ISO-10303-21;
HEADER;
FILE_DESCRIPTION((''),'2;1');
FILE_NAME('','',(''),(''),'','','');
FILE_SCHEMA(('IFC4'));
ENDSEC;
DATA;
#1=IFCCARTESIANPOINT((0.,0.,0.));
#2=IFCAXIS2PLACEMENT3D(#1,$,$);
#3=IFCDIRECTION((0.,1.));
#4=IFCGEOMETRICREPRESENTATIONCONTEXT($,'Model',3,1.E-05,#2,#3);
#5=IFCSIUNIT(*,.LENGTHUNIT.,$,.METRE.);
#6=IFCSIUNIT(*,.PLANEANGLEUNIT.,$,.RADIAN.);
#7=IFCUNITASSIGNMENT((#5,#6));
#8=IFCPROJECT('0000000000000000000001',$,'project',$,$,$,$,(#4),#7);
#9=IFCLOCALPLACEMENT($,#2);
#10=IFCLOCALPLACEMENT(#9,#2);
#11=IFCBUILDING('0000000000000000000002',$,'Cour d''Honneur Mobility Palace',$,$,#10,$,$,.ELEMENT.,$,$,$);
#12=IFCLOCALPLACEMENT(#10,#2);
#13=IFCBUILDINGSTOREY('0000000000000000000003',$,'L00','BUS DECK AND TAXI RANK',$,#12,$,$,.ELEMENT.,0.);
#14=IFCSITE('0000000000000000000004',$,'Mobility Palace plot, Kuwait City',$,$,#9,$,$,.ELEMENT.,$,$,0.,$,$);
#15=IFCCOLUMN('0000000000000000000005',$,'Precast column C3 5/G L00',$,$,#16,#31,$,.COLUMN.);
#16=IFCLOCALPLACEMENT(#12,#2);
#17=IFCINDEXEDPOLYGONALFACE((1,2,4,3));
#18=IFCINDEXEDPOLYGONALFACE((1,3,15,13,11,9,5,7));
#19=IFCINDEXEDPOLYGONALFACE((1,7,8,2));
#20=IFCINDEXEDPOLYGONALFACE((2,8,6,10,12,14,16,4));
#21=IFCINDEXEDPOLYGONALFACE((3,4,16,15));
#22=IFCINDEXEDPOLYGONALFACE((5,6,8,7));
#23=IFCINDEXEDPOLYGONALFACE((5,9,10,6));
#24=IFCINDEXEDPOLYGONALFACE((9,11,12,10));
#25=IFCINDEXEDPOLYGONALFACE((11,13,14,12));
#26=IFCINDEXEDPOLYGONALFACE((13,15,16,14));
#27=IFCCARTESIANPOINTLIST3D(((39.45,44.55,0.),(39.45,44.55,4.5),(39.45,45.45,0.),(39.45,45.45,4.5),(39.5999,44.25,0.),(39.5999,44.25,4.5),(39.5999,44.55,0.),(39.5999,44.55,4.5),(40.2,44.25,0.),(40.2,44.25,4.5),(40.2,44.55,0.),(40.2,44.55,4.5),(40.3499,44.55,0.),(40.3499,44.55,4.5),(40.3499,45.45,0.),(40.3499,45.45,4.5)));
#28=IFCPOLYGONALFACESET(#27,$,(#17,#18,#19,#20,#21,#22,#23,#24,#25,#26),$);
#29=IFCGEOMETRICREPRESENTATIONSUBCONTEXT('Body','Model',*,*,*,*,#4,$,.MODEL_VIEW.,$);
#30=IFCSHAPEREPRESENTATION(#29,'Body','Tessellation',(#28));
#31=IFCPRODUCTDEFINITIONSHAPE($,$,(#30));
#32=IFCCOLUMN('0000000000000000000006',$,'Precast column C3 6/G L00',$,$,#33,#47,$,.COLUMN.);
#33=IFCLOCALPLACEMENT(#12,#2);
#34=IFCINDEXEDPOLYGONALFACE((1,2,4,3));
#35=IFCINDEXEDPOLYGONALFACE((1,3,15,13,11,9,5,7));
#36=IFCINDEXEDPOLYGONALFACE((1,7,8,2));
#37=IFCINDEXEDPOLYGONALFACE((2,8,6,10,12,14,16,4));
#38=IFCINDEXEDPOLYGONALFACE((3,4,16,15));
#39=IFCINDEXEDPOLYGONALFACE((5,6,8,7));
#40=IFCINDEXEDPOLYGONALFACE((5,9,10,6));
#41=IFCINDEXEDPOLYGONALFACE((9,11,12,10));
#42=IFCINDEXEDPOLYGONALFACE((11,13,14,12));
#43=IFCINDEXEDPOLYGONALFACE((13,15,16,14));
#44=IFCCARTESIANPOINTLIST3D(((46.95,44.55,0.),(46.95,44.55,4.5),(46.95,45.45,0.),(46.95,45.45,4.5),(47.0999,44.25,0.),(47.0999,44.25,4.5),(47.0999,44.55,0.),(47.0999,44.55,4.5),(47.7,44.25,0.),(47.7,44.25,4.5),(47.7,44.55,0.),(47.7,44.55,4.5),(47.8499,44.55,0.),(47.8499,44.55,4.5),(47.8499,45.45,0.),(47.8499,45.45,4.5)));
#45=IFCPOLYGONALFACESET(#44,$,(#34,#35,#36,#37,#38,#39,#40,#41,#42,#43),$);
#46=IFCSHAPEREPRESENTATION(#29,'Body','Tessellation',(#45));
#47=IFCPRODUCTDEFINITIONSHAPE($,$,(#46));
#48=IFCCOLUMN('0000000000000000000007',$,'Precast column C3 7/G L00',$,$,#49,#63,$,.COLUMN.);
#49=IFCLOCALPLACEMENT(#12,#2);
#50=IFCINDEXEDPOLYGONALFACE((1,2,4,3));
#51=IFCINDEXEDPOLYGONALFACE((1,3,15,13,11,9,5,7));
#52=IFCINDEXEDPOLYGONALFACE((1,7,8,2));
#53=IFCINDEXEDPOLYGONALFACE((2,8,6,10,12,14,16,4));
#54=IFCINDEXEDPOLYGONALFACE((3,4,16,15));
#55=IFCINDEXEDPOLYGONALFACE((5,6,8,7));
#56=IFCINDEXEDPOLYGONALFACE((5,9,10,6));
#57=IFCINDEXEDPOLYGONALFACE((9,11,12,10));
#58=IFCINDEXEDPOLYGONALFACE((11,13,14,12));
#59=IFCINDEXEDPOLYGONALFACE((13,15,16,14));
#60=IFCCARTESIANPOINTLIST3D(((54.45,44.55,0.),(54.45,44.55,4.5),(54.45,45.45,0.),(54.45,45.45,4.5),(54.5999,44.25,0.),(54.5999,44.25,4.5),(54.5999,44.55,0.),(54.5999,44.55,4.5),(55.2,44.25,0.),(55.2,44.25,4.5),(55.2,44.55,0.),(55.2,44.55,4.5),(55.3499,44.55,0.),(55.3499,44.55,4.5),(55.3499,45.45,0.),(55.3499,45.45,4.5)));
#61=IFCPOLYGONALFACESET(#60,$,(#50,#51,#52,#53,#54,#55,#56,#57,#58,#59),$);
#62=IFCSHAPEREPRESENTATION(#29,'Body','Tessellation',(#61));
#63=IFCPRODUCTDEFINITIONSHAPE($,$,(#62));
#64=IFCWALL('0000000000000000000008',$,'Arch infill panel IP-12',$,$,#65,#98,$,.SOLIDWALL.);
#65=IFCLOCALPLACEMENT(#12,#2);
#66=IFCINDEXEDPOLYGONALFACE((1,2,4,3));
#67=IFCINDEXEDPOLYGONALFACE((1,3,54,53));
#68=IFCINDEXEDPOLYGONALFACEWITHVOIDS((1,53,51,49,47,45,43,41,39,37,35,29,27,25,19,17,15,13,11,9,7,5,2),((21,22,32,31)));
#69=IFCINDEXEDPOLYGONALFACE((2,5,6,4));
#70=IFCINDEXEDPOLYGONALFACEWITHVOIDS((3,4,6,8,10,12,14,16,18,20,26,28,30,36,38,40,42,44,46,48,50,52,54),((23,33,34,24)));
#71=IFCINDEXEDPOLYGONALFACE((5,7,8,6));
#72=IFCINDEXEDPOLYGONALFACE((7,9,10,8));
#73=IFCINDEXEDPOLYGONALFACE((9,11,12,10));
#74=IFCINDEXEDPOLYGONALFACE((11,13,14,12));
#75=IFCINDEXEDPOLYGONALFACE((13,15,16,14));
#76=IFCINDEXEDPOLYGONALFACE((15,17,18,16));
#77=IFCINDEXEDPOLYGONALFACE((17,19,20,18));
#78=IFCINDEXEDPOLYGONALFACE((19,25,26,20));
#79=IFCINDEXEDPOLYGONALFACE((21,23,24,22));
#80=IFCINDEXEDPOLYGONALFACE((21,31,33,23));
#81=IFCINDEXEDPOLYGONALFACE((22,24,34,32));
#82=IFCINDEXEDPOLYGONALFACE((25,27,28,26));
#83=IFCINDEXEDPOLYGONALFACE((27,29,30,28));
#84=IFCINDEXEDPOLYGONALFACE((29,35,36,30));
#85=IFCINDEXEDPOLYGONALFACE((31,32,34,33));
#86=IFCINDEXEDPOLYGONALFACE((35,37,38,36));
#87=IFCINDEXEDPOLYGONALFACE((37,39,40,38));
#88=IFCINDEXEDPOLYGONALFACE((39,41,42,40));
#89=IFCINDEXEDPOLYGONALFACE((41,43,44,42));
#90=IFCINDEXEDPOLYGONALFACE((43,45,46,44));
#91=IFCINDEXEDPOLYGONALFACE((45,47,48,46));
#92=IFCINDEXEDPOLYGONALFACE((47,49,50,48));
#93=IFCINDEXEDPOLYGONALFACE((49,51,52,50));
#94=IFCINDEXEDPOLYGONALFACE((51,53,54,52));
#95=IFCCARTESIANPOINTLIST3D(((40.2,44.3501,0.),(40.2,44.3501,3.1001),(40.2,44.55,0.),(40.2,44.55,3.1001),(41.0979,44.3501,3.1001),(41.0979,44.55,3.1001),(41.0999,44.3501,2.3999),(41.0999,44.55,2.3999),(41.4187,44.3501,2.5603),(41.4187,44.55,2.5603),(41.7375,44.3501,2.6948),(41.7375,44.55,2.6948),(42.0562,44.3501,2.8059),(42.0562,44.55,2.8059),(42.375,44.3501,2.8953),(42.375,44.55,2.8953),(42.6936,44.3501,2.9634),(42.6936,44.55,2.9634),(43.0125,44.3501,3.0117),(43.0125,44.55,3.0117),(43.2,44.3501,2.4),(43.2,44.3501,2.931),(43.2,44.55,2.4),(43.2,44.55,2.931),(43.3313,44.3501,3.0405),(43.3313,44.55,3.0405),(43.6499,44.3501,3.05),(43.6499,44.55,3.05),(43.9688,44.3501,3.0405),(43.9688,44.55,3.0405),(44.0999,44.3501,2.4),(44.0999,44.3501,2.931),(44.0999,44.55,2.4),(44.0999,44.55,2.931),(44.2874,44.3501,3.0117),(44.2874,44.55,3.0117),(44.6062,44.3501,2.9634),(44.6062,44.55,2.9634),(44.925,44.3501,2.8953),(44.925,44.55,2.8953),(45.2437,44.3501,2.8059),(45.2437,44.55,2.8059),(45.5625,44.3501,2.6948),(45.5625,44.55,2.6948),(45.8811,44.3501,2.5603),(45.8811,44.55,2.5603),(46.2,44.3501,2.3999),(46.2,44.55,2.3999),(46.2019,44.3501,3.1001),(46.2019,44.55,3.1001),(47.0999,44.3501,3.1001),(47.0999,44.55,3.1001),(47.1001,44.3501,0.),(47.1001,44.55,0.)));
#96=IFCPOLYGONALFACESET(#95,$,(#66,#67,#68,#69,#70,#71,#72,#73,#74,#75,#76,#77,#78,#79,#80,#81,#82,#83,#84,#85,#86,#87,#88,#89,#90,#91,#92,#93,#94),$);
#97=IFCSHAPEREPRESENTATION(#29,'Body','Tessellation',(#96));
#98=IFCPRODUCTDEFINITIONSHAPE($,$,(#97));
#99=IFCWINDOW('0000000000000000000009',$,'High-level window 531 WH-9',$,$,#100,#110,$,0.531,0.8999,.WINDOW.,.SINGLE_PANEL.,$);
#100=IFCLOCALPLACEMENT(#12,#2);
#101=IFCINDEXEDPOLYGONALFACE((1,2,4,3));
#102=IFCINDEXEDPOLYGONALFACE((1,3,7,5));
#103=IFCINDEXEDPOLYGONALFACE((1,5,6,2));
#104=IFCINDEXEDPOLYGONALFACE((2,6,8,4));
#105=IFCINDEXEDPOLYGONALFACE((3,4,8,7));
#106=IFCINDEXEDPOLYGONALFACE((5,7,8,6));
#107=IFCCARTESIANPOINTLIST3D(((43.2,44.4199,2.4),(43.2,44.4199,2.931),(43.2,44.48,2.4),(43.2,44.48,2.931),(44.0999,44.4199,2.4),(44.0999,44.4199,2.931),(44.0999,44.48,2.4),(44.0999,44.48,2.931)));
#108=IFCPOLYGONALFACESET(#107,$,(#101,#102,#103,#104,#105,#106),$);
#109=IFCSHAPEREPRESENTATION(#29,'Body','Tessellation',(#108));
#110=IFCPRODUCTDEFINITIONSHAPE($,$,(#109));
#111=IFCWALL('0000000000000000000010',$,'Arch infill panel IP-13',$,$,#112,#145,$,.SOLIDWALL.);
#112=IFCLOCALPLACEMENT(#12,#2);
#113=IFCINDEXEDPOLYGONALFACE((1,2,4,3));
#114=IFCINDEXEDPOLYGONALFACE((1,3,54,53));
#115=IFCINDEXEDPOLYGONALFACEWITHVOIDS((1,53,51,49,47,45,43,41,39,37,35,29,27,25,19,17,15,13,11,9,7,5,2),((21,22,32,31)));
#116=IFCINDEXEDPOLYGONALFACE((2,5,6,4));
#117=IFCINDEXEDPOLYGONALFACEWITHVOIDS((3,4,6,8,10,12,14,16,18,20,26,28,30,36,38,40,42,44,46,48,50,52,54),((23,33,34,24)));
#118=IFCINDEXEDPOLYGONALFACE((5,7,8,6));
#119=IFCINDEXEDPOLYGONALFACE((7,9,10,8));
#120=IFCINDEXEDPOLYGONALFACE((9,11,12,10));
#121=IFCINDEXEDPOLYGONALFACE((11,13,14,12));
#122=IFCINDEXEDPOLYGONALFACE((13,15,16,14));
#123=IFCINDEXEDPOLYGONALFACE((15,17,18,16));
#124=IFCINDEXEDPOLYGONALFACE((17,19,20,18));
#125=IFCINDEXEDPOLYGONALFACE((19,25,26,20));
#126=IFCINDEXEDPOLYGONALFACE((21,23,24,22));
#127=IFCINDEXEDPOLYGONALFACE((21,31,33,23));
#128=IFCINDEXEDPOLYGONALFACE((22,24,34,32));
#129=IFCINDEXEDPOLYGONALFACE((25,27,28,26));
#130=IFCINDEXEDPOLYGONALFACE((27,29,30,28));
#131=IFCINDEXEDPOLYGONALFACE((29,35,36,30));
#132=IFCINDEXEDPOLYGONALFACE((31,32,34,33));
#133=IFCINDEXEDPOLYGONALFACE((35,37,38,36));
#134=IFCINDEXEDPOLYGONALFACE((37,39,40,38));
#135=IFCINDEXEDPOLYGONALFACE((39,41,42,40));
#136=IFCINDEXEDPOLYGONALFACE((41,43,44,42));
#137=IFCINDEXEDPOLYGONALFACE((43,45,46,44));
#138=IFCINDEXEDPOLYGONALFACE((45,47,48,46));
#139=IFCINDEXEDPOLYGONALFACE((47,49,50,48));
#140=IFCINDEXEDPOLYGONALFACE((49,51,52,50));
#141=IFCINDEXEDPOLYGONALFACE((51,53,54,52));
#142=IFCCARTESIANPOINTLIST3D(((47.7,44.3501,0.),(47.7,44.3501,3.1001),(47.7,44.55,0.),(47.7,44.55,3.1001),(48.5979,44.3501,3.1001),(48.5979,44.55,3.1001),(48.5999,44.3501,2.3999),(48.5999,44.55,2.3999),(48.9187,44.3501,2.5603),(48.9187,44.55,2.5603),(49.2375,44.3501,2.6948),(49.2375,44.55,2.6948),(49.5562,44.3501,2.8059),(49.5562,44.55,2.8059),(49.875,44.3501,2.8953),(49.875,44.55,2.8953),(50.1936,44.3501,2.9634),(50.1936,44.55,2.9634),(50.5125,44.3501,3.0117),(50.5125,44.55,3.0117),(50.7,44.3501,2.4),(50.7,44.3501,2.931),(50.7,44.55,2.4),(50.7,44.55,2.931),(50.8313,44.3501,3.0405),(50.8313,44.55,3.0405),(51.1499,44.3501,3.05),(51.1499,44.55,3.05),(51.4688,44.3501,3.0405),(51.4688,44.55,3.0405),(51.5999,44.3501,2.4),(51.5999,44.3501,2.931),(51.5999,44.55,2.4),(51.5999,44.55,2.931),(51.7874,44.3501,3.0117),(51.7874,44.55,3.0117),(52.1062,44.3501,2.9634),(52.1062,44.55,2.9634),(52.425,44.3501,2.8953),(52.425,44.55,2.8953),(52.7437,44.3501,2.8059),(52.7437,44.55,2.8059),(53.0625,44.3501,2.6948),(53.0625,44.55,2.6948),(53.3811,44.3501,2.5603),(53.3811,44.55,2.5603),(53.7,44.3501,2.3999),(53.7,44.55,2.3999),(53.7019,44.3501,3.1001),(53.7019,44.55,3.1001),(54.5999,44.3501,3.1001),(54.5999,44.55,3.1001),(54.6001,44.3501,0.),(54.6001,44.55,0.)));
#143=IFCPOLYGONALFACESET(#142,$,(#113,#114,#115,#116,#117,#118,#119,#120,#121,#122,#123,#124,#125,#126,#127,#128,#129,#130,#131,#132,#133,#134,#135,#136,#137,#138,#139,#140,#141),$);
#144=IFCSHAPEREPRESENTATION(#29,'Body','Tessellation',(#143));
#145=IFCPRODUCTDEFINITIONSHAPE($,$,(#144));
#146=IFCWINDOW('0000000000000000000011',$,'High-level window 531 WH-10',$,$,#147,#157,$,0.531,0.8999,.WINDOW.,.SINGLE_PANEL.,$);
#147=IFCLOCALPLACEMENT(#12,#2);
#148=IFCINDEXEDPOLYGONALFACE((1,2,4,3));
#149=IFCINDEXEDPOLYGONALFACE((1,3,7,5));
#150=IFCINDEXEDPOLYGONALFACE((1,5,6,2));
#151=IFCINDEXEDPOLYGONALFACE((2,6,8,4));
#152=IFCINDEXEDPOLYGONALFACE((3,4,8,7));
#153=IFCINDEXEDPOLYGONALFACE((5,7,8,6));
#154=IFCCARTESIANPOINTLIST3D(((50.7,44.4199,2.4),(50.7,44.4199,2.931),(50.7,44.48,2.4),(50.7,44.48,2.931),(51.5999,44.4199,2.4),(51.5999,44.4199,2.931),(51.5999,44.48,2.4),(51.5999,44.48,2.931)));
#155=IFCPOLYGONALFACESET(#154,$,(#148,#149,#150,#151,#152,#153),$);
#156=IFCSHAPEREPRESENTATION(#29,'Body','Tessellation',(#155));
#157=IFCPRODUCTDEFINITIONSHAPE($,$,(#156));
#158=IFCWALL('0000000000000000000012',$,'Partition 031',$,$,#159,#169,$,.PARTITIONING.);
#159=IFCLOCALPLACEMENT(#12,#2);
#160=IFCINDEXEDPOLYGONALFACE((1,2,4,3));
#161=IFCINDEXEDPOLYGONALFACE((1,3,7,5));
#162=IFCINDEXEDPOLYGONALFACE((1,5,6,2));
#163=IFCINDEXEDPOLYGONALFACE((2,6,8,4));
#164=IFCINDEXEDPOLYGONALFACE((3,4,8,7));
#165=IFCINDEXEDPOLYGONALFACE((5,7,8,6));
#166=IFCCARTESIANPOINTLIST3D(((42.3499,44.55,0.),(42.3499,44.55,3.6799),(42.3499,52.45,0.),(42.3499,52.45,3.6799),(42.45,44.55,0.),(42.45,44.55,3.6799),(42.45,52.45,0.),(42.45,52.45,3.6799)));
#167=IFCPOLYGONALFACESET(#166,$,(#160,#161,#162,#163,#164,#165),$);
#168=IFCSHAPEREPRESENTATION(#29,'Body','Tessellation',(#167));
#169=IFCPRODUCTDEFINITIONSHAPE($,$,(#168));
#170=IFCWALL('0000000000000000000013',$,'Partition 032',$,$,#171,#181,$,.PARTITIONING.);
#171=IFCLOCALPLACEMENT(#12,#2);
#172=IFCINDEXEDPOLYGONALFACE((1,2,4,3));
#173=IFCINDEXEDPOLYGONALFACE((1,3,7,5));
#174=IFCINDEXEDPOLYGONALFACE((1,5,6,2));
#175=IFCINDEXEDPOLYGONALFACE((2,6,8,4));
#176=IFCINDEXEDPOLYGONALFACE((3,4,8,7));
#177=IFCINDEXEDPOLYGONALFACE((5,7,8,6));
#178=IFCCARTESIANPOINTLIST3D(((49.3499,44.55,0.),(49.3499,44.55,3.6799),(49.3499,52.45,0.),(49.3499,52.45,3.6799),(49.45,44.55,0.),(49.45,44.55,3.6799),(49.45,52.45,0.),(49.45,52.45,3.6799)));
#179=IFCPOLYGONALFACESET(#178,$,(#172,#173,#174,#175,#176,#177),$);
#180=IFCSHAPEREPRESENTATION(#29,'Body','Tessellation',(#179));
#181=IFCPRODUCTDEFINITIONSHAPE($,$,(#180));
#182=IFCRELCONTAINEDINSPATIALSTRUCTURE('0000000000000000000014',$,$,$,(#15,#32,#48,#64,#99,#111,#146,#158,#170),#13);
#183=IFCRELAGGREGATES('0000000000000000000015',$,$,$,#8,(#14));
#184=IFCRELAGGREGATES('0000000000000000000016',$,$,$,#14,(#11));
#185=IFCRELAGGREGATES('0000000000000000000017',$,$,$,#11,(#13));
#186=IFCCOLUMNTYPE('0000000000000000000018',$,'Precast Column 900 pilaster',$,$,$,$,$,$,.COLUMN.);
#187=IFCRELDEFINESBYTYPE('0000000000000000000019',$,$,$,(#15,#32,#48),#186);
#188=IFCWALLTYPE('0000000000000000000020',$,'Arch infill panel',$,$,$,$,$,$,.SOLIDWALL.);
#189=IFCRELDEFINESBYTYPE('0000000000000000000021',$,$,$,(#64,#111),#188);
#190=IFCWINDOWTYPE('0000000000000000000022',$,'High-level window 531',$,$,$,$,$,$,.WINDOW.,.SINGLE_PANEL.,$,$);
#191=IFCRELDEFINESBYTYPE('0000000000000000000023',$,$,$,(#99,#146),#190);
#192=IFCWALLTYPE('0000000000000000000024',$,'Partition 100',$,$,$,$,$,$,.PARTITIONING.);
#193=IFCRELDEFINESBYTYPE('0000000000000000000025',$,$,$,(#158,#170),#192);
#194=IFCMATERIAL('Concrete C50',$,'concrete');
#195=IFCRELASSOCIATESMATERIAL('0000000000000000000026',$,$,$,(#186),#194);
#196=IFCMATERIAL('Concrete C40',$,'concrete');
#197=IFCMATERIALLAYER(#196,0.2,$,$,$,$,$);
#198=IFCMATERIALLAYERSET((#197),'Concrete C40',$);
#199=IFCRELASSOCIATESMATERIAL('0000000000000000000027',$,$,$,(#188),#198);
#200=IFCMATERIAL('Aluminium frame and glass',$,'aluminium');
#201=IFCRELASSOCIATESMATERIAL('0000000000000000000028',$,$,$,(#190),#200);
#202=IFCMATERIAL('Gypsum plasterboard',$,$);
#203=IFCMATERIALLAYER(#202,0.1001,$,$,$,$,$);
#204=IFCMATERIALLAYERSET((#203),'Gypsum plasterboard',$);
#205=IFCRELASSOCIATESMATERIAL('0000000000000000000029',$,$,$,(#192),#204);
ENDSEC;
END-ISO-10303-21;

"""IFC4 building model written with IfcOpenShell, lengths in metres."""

from ifc_helpers import new_model, si_unit, direction, frame, frame_2d, origin, place, context, subcontext, project, spatial, polyline, rectangle, outline, extrude, material, layer, layer_set, material_profile, profile_set, type_object, element, fill, save


model = new_model("IFC4")

# Units and contexts
model_context = context("Model", 3, precision=1e-05, world=origin(), true_north=direction((0.0, 1.0)))
body_context = subcontext(model_context, "Body", "Model", "MODEL_VIEW")
ifc_project = project(units=[si_unit("LENGTHUNIT", "METRE"), si_unit("PLANEANGLEUNIT", "RADIAN")], contexts=[model_context])

# Site, building, storey
site_placement = place(None, origin())
site = spatial("IfcSite", under=ifc_project, at=site_placement, Name="Mobility Palace plot, Kuwait City", CompositionType="ELEMENT", RefElevation=0.0)
building_placement = place(site_placement, origin())
building = spatial("IfcBuilding", under=site, at=building_placement, Name="Cour d'Honneur Mobility Palace", CompositionType="ELEMENT")
storey_placement = place(building_placement, origin())
storey = spatial("IfcBuildingStorey", under=building, at=storey_placement, Name="L00", Description="BUS DECK AND TAXI RANK", CompositionType="ELEMENT", Elevation=0.0)

# Columns
ifc_material_1 = material(Name="Concrete C50", Category="concrete")
ifc_material_profile = material_profile(ifc_material_1, outline(polyline([(-0.45, -0.45), (0.45, -0.45), (0.45, -0.3), (0.75, -0.3), (0.75, 0.3), (0.45, 0.3), (0.45, 0.45), (-0.45, 0.45), (-0.45, -0.45)])), Name="PC C900 pilaster")
ifc_profile_set = profile_set([ifc_material_profile], Name="Concrete C50")
column_type = type_object("IfcColumnType", Name="Precast Column 900 pilaster", PredefinedType="COLUMN", material=ifc_profile_set)
for number, where, z_axis, x_axis, name in (
    (1, (39.8999, 45.0, 0.0), (0.0, 0.0, 1.0), (0.0, -1.0, 0.0), "Precast column C3 5/G L00"),
    (2, (47.3999, 45.0, 0.0), (0.0, 0.0, 1.0), (0.0, -1.0, 0.0), "Precast column C3 6/G L00"),
    (3, (54.8999, 45.0, 0.0), (0.0, 0.0, 1.0), (0.0, -1.0, 0.0), "Precast column C3 7/G L00"),
):
    element("IfcColumn", number, at=place(storey_placement, frame(where, z_axis=z_axis, x_axis=x_axis)), inside=storey, type_object=column_type, Name=name, PredefinedType="COLUMN", context=body_context, shape_type="SweptSolid", body=[
        extrude(outline(polyline([(-0.45, -0.45), (0.45, -0.45), (0.45, -0.3), (0.75, -0.3), (0.75, 0.3), (0.45, 0.3), (0.45, 0.45), (-0.45, 0.45), (-0.45, -0.45)])), origin(), (0.0, 0.0, 1.0), 4.5),
    ])

# Walls, openings, windows
ifc_material_2 = material(Name="Concrete C40", Category="concrete")
ifc_layer_1 = layer(ifc_material_2, 0.2)
ifc_layer_set_1 = layer_set([ifc_layer_1], Name="Concrete C40")
wall_type_1 = type_object("IfcWallType", Name="Arch infill panel", PredefinedType="SOLIDWALL", material=ifc_layer_set_1)
wall_1_placement = place(storey_placement, frame((40.2, 44.45, 0.0), z_axis=(0.0, 0.0, 1.0), x_axis=(1.0, 0.0, 0.0)))
wall_1 = element("IfcWall", 4, at=wall_1_placement, inside=storey, type_object=wall_type_1, Name="Arch infill panel IP-12", PredefinedType="SOLIDWALL", context=body_context, shape_type="SweptSolid", body=[
    extrude(outline(polyline([(0.0, 0.0), (6.9001, 0.0), (6.8999, 3.1001), (6.002, 3.1001), (6.0, 2.3999), (5.6812, 2.5603), (5.3625, 2.6948), (5.0437, 2.8059), (4.7251, 2.8953), (4.4062, 2.9634), (4.0874, 3.0117), (3.7688, 3.0405), (3.45, 3.05), (3.1313, 3.0405), (2.8125, 3.0117), (2.4937, 2.9634), (2.175, 2.8953), (1.8562, 2.8059), (1.5376, 2.6948), (1.2188, 2.5603), (0.8999, 2.3999), (0.8979, 3.1001), (0.0, 3.1001), (0.0, 0.0)])), frame((0.0, 0.1001, 0.0), z_axis=(0.0, -1.0, 0.0), x_axis=(1.0, 0.0, 0.0)), (0.0, 0.0, 1.0), 0.2),
])
opening_1_placement = place(wall_1_placement, frame((3.0, 0.0, 2.3999)))
opening_1 = element("IfcOpeningElement", 5, at=opening_1_placement, cuts=wall_1, PredefinedType="OPENING", context=body_context, shape_type="SweptSolid", body=[
    extrude(rectangle(XDim=0.8999, YDim=0.531, at=frame_2d((0.45, 0.2656))), frame((0.0, 0.1099, 0.0), z_axis=(0.0, -1.0, 0.0), x_axis=(1.0, 0.0, 0.0)), (0.0, 0.0, 1.0), 0.22),
])
ifc_material_3 = material(Name="Aluminium frame and glass", Category="aluminium")
window_type = type_object("IfcWindowType", Name="High-level window 531", PartitioningType="SINGLE_PANEL", PredefinedType="WINDOW", material=ifc_material_3)
window_1_placement = place(opening_1_placement, origin())
window_1 = element("IfcWindow", 6, at=window_1_placement, inside=storey, type_object=window_type, Name="High-level window 531 WH-9", OverallHeight=0.531, OverallWidth=0.8999, PartitioningType="SINGLE_PANEL", PredefinedType="WINDOW", context=body_context, shape_type="SweptSolid", body=[
    extrude(rectangle(XDim=0.8999, YDim=0.531, at=frame_2d((0.45, 0.2656))), frame((0.0, 0.03, 0.0), z_axis=(0.0, -1.0, 0.0), x_axis=(1.0, 0.0, 0.0)), (0.0, 0.0, 1.0), 0.0601),
])
fill(opening_1, window_1)
wall_2_placement = place(storey_placement, frame((47.7, 44.45, 0.0), z_axis=(0.0, 0.0, 1.0), x_axis=(1.0, 0.0, 0.0)))
wall_2 = element("IfcWall", 7, at=wall_2_placement, inside=storey, type_object=wall_type_1, Name="Arch infill panel IP-13", PredefinedType="SOLIDWALL", context=body_context, shape_type="SweptSolid", body=[
    extrude(outline(polyline([(0.0, 0.0), (6.9001, 0.0), (6.8999, 3.1001), (6.002, 3.1001), (6.0, 2.3999), (5.6812, 2.5603), (5.3625, 2.6948), (5.0437, 2.8059), (4.7251, 2.8953), (4.4062, 2.9634), (4.0874, 3.0117), (3.7688, 3.0405), (3.45, 3.05), (3.1313, 3.0405), (2.8125, 3.0117), (2.4937, 2.9634), (2.175, 2.8953), (1.8562, 2.8059), (1.5376, 2.6948), (1.2188, 2.5603), (0.8999, 2.3999), (0.8979, 3.1001), (0.0, 3.1001), (0.0, 0.0)])), frame((0.0, 0.1001, 0.0), z_axis=(0.0, -1.0, 0.0), x_axis=(1.0, 0.0, 0.0)), (0.0, 0.0, 1.0), 0.2),
])
opening_2_placement = place(wall_2_placement, frame((3.0, 0.0, 2.3999)))
opening_2 = element("IfcOpeningElement", 8, at=opening_2_placement, cuts=wall_2, PredefinedType="OPENING", context=body_context, shape_type="SweptSolid", body=[
    extrude(rectangle(XDim=0.8999, YDim=0.531, at=frame_2d((0.45, 0.2656))), frame((0.0, 0.1099, 0.0), z_axis=(0.0, -1.0, 0.0), x_axis=(1.0, 0.0, 0.0)), (0.0, 0.0, 1.0), 0.22),
])
window_2_placement = place(opening_2_placement, origin())
window_2 = element("IfcWindow", 9, at=window_2_placement, inside=storey, type_object=window_type, Name="High-level window 531 WH-10", OverallHeight=0.531, OverallWidth=0.8999, PartitioningType="SINGLE_PANEL", PredefinedType="WINDOW", context=body_context, shape_type="SweptSolid", body=[
    extrude(rectangle(XDim=0.8999, YDim=0.531, at=frame_2d((0.45, 0.2656))), frame((0.0, 0.03, 0.0), z_axis=(0.0, -1.0, 0.0), x_axis=(1.0, 0.0, 0.0)), (0.0, 0.0, 1.0), 0.0601),
])
fill(opening_2, window_2)

# Walls
ifc_material_4 = material(Name="Gypsum plasterboard")
ifc_layer_2 = layer(ifc_material_4, 0.1001)
ifc_layer_set_2 = layer_set([ifc_layer_2], Name="Gypsum plasterboard")
wall_type_2 = type_object("IfcWallType", Name="Partition 100", PredefinedType="PARTITIONING", material=ifc_layer_set_2)
for number, where, z_axis, x_axis, name in (
    (10, (42.3999, 44.55, 0.0), (0.0, 0.0, 1.0), (0.0, 1.0, 0.0), "Partition 031"),
    (11, (49.3999, 44.55, 0.0), (0.0, 0.0, 1.0), (0.0, 1.0, 0.0), "Partition 032"),
):
    element("IfcWall", number, at=place(storey_placement, frame(where, z_axis=z_axis, x_axis=x_axis)), inside=storey, type_object=wall_type_2, Name=name, PredefinedType="PARTITIONING", context=body_context, shape_type="SweptSolid", body=[
        extrude(rectangle(XDim=7.8999, YDim=0.1001, at=frame_2d((3.95, 0.0))), origin(), (0.0, 0.0, 1.0), 3.6799),
    ])

save(model, "model.ifc")
